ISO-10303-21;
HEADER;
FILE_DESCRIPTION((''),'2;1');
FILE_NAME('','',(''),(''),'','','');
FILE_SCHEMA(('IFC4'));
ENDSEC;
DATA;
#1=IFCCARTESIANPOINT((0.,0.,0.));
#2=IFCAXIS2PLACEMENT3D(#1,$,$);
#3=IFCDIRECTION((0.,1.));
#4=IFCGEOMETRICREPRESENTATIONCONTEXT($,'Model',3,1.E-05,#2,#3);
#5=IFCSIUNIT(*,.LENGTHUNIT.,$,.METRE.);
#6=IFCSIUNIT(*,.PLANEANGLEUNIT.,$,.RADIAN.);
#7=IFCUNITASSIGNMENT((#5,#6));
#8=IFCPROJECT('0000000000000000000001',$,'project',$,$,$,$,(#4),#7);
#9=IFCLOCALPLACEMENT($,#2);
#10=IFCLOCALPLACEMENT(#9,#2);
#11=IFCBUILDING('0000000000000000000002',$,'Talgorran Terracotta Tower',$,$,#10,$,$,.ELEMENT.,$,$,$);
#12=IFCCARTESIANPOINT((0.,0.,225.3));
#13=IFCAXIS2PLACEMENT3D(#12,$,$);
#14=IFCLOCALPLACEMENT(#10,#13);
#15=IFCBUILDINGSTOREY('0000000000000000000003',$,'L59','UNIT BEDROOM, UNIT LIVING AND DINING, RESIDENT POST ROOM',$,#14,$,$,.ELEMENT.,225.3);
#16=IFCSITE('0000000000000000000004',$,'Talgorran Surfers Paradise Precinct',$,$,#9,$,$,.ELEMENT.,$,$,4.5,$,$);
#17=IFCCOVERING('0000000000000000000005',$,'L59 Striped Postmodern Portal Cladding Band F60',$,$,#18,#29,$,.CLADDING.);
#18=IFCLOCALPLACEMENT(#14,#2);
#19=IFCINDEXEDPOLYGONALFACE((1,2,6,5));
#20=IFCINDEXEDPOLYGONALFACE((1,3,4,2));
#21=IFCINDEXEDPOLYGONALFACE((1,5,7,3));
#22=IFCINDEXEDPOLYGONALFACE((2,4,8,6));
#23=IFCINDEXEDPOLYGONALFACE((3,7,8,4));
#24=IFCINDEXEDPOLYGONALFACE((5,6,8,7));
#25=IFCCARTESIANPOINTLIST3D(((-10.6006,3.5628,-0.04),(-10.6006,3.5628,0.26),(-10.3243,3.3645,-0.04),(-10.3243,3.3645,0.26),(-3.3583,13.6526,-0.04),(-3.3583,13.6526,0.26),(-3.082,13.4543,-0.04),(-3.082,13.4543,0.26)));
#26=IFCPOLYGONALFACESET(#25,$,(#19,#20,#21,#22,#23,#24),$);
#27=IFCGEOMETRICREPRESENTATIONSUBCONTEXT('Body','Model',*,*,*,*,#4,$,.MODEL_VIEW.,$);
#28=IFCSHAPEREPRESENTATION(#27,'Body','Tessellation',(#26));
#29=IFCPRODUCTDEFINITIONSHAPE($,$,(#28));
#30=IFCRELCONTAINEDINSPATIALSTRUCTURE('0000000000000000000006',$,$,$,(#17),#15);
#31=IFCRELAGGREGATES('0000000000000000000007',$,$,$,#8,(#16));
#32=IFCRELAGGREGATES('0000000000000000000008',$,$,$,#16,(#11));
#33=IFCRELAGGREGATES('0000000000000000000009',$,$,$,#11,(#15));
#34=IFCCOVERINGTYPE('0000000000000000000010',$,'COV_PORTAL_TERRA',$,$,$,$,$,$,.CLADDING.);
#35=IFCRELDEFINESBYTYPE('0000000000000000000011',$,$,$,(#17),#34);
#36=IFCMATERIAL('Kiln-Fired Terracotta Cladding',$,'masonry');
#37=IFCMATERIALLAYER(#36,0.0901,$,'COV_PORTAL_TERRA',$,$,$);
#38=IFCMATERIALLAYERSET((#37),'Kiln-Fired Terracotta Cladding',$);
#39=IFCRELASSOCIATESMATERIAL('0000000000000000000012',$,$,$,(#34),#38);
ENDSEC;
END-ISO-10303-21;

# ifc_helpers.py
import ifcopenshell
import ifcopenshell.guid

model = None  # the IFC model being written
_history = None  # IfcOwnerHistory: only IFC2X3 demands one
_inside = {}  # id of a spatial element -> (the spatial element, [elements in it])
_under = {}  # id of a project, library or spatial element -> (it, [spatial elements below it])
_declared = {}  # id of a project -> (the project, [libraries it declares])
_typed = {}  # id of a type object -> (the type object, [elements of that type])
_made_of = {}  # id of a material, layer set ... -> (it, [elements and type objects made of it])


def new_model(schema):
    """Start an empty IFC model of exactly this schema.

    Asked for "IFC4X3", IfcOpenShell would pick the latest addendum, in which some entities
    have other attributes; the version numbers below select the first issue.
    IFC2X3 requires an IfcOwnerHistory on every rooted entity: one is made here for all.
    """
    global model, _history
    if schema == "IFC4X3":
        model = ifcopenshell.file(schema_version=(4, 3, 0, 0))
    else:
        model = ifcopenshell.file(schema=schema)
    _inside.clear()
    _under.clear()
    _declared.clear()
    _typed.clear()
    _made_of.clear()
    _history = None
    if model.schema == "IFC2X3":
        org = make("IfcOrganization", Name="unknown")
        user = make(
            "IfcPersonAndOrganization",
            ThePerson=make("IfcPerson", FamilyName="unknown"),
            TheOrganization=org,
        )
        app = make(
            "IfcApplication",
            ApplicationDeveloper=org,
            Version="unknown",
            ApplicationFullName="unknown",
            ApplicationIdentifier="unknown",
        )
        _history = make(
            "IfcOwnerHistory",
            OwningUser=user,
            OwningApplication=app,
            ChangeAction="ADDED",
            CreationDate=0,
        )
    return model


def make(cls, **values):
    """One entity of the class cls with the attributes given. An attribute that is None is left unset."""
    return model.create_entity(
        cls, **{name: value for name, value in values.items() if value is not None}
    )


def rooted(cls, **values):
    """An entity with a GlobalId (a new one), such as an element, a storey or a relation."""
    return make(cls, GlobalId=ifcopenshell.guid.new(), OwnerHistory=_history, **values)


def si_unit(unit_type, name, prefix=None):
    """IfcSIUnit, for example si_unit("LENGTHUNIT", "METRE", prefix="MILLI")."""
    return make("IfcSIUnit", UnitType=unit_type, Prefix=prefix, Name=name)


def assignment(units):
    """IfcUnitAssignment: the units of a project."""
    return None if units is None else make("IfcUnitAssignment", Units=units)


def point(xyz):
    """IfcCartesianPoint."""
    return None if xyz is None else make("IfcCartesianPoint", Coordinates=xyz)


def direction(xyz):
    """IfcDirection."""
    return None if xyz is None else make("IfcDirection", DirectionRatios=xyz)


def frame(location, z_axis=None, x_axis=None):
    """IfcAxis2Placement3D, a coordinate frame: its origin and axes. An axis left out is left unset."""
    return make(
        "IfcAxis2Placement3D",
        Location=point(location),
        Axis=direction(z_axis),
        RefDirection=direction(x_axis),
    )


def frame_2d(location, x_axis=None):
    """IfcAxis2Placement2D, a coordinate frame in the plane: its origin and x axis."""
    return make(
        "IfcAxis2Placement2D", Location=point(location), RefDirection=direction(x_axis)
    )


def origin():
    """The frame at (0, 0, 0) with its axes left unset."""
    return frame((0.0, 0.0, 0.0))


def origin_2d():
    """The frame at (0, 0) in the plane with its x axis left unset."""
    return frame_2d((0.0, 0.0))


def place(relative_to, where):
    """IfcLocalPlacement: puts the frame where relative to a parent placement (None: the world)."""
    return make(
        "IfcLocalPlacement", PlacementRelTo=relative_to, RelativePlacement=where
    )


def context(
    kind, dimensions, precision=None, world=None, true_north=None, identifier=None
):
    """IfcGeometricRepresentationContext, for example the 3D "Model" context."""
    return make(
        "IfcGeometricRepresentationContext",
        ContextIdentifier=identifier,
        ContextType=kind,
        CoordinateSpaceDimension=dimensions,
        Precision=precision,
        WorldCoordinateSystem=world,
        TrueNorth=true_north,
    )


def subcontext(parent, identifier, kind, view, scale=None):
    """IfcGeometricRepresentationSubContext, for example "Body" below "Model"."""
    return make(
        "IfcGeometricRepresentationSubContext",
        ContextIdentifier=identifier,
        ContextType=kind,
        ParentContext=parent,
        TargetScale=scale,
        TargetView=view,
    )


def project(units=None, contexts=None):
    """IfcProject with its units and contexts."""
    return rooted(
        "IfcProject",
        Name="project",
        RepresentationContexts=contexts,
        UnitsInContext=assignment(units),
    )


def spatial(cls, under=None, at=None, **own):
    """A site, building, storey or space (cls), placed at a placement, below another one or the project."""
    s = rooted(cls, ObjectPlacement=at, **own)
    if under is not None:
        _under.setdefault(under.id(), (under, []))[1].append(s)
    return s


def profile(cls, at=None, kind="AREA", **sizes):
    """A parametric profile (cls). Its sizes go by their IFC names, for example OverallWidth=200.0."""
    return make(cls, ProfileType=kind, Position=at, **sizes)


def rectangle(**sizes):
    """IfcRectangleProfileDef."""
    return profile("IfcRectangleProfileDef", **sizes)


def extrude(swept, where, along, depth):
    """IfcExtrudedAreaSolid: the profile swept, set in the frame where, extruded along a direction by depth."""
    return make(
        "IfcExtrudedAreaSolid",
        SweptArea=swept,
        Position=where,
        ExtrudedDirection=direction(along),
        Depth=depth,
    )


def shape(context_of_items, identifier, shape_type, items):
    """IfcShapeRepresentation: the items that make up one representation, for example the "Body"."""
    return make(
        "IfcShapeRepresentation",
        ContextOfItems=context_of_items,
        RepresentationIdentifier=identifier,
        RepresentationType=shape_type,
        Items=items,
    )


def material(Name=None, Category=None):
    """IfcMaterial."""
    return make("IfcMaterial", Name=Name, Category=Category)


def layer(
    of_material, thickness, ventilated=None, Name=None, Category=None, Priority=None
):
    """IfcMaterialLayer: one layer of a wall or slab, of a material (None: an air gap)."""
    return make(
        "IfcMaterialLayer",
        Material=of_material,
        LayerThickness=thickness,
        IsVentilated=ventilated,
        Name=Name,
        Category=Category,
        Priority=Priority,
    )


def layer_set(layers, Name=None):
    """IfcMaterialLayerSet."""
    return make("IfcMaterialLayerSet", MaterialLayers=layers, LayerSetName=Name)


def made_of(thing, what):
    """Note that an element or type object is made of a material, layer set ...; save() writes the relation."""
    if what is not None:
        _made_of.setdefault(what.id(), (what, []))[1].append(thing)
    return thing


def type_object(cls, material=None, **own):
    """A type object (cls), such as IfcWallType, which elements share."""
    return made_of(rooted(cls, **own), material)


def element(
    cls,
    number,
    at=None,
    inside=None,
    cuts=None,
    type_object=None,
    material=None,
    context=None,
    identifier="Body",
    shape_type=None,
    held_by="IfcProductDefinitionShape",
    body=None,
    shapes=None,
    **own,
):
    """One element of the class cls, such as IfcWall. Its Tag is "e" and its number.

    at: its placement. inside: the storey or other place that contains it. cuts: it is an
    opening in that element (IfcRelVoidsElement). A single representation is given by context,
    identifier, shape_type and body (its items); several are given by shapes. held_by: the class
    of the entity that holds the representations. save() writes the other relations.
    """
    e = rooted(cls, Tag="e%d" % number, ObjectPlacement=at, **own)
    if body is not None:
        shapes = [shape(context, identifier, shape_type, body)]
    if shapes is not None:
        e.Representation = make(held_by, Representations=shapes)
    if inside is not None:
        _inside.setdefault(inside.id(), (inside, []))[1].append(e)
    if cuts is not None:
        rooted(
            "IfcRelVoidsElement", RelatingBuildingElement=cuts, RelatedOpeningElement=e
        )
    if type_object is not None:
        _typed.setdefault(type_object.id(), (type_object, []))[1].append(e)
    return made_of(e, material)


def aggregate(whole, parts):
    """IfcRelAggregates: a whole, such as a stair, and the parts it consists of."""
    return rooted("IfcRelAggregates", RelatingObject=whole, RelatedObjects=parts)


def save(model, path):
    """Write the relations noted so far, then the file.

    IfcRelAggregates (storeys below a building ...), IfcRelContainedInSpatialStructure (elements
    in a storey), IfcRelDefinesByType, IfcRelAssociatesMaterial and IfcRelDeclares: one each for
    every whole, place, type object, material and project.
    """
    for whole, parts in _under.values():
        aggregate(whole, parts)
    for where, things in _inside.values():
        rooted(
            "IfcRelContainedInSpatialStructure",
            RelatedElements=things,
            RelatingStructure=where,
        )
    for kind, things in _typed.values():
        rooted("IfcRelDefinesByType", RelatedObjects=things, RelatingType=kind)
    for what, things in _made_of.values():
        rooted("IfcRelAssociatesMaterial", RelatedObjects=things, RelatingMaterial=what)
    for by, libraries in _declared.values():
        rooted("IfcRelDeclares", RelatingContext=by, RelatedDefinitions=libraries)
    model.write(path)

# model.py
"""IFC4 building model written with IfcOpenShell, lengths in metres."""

from ifc_helpers import new_model, si_unit, direction, frame, origin, origin_2d, place, context, subcontext, project, spatial, rectangle, extrude, material, layer, layer_set, type_object, element, save


model = new_model("IFC4")

# Units and contexts
model_context = context("Model", 3, precision=1e-05, world=origin(), true_north=direction((0.0, 1.0)))
body_context = subcontext(model_context, "Body", "Model", "MODEL_VIEW")
ifc_project = project(units=[si_unit("LENGTHUNIT", "METRE"), si_unit("PLANEANGLEUNIT", "RADIAN")], contexts=[model_context])

# Site, building, storey
site_placement = place(None, origin())
site = spatial("IfcSite", under=ifc_project, at=site_placement, Name="Talgorran Surfers Paradise Precinct", CompositionType="ELEMENT", RefElevation=4.5)
building_placement = place(site_placement, origin())
building = spatial("IfcBuilding", under=site, at=building_placement, Name="Talgorran Terracotta Tower", CompositionType="ELEMENT")
storey_placement = place(building_placement, frame((0.0, 0.0, 225.3)))
storey = spatial("IfcBuildingStorey", under=building, at=storey_placement, Name="L59", Description="UNIT BEDROOM, UNIT LIVING AND DINING, RESIDENT POST ROOM", CompositionType="ELEMENT", Elevation=225.3)

# Covering
ifc_material_1 = material(Name="Kiln-Fired Terracotta Cladding", Category="masonry")
ifc_layer_1 = layer(ifc_material_1, 0.0901, Name="COV_PORTAL_TERRA")
ifc_layer_set_1 = layer_set([ifc_layer_1], Name="Kiln-Fired Terracotta Cladding")
covering_type_1 = type_object("IfcCoveringType", Name="COV_PORTAL_TERRA", PredefinedType="CLADDING", material=ifc_layer_set_1)
covering_1_placement = place(storey_placement, frame((-6.8413, 8.5085, -0.04), z_axis=(0.0, 0.0, 1.0), x_axis=(-0.583116, -0.812389, 0.0)))
element("IfcCovering", 1, at=covering_1_placement, inside=storey, type_object=covering_type_1, Name="L59 Striped Postmodern Portal Cladding Band F60", PredefinedType="CLADDING", context=body_context, shape_type="SweptSolid", body=[
    extrude(rectangle(XDim=12.4199, YDim=0.3401, at=origin_2d()), origin(), (0.0, 0.0, 1.0), 0.3),
])

save(model, "model.ifc")
